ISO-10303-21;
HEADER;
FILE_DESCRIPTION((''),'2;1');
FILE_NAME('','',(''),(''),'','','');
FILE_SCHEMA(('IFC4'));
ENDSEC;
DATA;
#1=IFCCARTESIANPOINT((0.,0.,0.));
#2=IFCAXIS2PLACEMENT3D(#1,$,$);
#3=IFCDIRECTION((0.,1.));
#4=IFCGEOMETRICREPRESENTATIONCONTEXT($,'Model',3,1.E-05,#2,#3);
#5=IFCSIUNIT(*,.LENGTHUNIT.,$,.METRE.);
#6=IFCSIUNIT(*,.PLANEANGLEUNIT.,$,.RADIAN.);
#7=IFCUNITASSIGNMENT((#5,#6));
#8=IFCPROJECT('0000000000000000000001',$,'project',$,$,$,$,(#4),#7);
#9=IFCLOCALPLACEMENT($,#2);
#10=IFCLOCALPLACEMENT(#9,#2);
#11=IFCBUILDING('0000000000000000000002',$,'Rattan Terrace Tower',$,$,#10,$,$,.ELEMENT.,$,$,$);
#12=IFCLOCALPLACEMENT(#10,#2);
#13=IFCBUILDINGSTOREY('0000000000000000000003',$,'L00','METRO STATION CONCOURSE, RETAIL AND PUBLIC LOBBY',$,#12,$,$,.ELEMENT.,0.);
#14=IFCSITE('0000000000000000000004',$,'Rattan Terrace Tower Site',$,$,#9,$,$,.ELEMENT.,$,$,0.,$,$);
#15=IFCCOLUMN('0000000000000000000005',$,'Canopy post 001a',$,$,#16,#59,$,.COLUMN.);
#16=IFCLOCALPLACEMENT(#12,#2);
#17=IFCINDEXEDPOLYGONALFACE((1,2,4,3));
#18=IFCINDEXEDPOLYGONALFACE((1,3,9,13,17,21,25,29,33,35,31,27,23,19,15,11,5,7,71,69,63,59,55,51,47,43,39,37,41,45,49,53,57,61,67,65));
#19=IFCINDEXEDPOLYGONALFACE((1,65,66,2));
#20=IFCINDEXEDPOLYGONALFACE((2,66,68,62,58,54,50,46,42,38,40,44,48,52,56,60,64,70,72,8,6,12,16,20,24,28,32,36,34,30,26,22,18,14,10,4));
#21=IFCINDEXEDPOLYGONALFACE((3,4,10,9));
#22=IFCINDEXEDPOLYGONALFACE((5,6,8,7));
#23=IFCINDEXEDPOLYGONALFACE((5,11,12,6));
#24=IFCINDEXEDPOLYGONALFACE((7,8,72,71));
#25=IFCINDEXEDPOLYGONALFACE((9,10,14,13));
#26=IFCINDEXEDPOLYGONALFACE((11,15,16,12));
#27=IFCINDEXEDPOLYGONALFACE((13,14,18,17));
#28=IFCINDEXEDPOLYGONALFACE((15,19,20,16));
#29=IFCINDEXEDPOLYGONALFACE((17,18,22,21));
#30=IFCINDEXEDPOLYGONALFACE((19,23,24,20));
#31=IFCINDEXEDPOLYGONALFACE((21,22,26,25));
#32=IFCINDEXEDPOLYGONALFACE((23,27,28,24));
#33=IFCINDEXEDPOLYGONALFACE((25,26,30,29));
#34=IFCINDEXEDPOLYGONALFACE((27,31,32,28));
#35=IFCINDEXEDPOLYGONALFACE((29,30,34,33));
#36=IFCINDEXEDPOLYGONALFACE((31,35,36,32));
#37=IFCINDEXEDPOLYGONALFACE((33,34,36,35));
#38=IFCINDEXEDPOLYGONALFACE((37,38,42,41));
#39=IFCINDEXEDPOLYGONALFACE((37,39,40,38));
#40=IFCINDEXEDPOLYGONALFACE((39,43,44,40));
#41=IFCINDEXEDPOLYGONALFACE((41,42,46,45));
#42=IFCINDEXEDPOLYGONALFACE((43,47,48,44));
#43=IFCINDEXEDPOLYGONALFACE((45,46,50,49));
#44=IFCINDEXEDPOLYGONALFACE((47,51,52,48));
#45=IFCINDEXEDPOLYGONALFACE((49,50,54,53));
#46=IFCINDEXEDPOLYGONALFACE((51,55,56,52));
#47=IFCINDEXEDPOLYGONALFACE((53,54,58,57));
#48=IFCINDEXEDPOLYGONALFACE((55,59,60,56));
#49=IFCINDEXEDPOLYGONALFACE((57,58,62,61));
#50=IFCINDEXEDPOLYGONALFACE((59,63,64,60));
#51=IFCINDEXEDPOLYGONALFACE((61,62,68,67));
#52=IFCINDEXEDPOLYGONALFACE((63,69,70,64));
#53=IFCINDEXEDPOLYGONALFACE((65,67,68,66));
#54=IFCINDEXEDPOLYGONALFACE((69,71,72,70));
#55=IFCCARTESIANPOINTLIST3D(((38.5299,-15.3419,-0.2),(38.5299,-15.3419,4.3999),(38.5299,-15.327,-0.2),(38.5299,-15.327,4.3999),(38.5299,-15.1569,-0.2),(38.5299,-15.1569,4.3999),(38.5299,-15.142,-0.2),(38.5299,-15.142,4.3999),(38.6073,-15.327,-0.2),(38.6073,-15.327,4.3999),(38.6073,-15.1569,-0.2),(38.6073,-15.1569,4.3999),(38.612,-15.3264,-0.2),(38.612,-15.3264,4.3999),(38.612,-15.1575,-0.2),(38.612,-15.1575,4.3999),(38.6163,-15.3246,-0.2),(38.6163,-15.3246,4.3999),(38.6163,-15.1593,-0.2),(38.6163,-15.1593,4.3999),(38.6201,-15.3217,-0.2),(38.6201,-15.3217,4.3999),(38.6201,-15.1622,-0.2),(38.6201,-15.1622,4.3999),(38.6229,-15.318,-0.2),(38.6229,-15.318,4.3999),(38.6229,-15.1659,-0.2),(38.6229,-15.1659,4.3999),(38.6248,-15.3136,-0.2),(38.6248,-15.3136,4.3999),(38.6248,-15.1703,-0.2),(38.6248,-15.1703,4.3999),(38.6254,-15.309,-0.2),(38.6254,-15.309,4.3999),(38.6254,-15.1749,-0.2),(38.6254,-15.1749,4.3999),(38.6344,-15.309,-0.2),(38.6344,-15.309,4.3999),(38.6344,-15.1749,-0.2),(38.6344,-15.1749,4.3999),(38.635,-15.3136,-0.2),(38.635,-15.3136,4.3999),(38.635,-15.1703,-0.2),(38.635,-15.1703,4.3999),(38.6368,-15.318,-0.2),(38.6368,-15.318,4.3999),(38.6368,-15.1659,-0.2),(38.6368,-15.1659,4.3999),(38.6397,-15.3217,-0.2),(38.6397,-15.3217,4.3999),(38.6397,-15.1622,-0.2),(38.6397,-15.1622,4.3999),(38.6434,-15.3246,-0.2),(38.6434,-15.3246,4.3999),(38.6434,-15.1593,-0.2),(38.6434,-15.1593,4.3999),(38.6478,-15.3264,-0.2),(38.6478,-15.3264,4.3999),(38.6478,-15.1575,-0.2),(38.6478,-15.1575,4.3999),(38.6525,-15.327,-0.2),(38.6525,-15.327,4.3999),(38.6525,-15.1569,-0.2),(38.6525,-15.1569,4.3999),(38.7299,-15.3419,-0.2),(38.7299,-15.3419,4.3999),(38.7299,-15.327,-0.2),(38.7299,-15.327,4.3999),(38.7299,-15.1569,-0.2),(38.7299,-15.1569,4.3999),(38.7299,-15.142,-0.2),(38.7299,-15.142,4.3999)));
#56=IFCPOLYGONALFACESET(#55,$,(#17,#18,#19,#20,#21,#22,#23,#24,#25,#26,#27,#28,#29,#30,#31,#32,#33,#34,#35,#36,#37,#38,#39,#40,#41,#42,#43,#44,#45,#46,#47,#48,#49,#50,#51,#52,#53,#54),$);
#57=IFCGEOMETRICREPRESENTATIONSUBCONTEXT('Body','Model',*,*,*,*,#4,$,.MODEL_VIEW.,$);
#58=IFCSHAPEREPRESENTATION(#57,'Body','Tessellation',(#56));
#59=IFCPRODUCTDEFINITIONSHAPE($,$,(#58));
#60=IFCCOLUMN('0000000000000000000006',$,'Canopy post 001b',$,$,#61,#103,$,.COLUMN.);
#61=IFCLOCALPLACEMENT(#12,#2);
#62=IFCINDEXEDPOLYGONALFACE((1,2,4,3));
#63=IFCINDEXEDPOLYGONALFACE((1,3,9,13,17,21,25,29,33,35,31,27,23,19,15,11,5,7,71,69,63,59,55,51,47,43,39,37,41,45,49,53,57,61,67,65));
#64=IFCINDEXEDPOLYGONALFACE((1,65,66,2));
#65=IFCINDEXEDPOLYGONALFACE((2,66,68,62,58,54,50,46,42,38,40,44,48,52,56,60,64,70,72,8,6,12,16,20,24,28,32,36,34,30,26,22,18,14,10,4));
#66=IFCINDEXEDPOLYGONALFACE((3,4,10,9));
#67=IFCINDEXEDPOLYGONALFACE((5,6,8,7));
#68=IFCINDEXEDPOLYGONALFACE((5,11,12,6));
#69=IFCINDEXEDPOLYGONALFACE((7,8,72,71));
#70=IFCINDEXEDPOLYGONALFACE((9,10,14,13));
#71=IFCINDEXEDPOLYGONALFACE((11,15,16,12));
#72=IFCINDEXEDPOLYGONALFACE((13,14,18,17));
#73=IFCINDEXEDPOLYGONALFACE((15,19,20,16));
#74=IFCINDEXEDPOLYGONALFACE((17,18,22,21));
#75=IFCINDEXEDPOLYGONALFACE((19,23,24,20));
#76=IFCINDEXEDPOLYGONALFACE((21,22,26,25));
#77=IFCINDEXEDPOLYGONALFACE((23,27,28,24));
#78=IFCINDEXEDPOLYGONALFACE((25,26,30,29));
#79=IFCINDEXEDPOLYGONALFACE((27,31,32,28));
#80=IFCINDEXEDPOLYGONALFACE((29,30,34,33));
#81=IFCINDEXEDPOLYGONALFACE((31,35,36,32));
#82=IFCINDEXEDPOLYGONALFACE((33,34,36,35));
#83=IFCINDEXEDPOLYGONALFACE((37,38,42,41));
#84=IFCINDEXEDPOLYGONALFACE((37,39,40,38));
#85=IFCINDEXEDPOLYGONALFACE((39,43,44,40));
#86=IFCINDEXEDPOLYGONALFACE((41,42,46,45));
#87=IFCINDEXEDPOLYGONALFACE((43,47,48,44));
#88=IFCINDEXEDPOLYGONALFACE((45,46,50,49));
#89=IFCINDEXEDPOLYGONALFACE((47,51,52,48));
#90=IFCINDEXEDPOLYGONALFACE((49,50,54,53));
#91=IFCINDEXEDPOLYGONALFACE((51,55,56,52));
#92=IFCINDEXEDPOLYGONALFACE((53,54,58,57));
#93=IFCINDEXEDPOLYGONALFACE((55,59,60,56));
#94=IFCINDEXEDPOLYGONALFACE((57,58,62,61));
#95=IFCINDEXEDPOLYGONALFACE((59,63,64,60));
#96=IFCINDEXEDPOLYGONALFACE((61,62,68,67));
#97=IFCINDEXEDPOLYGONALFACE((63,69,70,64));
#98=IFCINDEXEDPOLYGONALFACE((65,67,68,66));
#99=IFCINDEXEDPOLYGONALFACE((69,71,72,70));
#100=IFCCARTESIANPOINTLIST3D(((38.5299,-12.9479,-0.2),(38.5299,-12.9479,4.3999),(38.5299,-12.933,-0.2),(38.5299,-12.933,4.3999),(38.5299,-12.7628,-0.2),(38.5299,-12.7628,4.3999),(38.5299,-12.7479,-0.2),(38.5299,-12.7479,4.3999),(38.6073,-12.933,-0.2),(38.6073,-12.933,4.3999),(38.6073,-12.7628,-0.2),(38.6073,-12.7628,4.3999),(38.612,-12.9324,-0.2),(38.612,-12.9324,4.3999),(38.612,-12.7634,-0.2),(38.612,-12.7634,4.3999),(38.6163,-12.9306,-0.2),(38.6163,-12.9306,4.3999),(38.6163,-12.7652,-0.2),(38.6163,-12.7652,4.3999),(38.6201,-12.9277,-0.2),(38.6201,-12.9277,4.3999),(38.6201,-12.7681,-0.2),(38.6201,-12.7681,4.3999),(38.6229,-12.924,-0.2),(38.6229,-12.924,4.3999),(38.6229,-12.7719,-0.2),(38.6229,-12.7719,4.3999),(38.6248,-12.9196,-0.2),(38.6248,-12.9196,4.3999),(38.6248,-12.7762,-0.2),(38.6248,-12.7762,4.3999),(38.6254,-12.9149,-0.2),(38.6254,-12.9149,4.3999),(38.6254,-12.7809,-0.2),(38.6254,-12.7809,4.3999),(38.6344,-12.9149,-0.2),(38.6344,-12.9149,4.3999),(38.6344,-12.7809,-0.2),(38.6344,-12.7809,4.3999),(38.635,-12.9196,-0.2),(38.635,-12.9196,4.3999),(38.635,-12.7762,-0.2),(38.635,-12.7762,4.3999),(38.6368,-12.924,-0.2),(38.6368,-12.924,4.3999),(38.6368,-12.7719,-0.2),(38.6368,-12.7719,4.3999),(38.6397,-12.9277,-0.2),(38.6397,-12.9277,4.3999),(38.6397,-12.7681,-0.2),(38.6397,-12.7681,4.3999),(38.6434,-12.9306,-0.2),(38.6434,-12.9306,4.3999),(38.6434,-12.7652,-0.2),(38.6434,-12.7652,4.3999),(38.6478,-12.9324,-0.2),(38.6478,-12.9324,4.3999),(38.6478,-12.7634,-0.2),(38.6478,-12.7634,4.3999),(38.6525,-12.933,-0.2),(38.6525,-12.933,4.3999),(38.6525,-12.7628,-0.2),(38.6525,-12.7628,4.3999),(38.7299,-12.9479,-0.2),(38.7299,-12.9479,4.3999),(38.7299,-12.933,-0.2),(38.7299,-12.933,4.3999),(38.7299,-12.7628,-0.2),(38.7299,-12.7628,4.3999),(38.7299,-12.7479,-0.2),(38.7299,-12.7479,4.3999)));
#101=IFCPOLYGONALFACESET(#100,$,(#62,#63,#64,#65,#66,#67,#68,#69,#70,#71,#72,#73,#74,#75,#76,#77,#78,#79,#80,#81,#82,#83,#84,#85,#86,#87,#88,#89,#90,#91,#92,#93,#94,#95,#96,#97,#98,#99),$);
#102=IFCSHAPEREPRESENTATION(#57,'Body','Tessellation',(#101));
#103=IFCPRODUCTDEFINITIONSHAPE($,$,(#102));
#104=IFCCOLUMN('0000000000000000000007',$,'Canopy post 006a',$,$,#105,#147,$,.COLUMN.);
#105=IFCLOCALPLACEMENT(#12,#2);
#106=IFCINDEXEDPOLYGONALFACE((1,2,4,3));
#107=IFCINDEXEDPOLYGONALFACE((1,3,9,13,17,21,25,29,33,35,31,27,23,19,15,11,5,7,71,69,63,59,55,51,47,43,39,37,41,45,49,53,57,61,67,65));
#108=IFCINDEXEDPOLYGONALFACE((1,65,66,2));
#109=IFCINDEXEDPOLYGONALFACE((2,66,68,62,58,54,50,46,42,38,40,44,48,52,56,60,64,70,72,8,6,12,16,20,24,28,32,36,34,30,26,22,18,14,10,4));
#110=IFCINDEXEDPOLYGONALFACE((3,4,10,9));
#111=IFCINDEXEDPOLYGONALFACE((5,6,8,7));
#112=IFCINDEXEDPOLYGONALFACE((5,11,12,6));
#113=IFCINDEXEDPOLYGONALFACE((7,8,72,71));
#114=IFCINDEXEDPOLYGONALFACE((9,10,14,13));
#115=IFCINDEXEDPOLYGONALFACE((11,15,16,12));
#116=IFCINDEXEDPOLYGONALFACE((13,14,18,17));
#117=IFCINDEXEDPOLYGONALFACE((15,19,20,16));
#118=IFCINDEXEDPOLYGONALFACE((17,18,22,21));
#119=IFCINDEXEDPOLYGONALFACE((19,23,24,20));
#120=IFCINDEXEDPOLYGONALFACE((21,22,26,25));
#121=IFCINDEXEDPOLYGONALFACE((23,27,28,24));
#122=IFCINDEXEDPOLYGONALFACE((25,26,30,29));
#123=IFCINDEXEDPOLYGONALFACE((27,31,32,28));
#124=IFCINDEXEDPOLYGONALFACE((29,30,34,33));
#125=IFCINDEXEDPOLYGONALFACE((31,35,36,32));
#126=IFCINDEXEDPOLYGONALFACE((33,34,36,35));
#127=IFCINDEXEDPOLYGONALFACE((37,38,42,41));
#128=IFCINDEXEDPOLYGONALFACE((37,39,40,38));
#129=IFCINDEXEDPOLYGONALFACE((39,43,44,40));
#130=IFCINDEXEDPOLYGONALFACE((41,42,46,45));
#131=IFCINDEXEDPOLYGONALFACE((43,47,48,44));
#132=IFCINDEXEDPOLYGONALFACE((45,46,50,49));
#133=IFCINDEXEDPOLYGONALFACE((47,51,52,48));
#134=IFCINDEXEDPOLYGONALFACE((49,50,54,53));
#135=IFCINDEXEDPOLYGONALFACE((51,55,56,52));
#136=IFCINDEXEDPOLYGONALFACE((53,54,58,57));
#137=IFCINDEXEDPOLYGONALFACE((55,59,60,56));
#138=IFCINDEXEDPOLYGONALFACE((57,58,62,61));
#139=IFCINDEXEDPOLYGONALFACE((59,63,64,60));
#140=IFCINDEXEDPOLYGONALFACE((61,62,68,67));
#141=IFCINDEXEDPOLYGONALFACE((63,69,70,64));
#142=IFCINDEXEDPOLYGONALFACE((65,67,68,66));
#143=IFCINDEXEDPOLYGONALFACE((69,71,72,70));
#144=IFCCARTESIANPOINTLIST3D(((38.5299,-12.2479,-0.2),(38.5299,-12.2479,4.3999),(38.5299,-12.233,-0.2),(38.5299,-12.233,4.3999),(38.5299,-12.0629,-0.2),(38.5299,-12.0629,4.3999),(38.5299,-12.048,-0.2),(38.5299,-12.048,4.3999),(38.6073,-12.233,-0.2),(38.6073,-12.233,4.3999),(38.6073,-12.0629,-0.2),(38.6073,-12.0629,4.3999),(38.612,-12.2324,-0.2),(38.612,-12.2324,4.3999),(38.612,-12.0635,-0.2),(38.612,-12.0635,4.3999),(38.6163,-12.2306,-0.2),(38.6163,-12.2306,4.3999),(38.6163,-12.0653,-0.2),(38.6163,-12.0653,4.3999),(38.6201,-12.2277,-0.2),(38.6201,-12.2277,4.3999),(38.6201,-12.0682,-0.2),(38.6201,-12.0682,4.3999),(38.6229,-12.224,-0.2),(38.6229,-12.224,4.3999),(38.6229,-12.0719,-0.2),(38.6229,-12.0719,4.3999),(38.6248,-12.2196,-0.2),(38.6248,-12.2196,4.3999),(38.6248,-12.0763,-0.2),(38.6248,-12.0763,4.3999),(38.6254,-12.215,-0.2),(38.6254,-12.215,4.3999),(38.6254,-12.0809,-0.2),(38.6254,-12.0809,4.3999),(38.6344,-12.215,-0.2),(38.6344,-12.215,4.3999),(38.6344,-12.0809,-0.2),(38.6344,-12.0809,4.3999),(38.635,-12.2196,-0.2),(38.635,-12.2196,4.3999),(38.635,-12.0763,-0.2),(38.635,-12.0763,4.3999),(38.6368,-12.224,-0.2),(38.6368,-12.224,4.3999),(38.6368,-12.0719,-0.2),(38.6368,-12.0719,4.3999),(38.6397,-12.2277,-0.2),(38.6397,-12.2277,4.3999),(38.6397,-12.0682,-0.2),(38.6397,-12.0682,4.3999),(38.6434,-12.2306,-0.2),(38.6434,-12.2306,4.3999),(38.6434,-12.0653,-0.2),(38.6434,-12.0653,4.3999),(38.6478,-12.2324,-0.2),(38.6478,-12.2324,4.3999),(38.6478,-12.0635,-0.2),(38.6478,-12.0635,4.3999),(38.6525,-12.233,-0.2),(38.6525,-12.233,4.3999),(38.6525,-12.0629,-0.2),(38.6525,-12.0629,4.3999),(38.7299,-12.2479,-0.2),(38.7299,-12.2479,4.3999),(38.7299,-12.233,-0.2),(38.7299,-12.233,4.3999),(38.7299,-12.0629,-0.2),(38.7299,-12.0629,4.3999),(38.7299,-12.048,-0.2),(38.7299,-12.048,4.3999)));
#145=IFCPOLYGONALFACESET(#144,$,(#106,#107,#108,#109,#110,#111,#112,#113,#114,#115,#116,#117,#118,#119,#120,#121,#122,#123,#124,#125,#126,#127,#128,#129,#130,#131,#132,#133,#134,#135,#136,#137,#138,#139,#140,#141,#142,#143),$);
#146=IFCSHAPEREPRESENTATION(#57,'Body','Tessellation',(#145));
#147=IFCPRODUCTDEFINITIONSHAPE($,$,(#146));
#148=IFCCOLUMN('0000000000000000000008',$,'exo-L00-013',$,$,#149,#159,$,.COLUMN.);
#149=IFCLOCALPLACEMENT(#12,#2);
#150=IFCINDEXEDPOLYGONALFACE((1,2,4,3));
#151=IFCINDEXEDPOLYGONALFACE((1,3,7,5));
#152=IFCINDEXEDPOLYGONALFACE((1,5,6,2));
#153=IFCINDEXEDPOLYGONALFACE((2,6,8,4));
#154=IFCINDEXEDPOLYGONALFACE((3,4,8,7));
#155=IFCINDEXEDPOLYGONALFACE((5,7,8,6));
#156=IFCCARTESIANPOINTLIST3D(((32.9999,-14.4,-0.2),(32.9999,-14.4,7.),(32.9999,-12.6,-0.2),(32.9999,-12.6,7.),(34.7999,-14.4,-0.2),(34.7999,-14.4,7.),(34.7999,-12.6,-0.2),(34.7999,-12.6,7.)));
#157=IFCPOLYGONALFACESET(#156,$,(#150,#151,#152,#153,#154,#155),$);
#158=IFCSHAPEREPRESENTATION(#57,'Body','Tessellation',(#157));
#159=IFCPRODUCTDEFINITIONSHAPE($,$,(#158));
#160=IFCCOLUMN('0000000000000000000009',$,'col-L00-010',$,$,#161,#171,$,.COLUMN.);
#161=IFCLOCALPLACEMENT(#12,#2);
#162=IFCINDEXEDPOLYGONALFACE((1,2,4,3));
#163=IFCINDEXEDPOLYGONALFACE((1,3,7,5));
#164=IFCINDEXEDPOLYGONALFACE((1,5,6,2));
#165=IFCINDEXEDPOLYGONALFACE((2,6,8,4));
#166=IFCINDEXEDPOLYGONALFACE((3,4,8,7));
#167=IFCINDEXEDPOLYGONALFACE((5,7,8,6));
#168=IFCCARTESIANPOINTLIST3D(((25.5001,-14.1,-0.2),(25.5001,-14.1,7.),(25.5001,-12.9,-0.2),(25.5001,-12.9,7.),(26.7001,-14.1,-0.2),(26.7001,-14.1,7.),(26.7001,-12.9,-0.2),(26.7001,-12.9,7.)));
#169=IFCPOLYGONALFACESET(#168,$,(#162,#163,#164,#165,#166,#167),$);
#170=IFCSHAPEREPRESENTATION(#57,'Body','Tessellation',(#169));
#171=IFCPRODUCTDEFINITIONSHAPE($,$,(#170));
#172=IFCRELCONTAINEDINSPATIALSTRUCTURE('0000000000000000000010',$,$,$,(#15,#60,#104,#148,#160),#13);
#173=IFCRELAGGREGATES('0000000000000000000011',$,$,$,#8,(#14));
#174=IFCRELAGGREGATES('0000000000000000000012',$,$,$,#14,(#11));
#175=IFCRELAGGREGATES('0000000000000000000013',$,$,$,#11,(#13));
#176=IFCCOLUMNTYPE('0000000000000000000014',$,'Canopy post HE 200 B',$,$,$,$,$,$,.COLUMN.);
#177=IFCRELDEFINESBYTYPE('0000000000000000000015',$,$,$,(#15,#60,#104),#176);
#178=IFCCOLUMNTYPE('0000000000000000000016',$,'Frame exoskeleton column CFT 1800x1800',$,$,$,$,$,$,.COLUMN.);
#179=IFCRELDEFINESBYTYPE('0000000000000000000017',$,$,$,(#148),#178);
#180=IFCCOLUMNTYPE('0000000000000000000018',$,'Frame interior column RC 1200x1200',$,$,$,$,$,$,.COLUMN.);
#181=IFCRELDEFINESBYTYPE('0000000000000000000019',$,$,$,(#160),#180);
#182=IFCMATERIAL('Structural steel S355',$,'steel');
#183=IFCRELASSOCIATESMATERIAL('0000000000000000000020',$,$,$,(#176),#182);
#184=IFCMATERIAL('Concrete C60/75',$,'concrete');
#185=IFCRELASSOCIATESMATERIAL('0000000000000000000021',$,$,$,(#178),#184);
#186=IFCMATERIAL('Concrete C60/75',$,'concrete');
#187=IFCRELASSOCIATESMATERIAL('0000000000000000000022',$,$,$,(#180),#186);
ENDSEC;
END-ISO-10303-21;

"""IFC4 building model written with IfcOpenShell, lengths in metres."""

from ifc_helpers import new_model, si_unit, direction, frame, origin, origin_2d, place, context, subcontext, project, spatial, rectangle, i_section, extrude, material, material_profile, profile_set, type_object, element, save


model = new_model("IFC4")

# Units and contexts
model_context = context("Model", 3, precision=1e-05, world=origin(), true_north=direction((0.0, 1.0)))
body_context = subcontext(model_context, "Body", "Model", "MODEL_VIEW")
ifc_project = project(units=[si_unit("LENGTHUNIT", "METRE"), si_unit("PLANEANGLEUNIT", "RADIAN")], contexts=[model_context])

# Site, building, storey
site_placement = place(None, origin())
site = spatial("IfcSite", under=ifc_project, at=site_placement, Name="Rattan Terrace Tower Site", CompositionType="ELEMENT", RefElevation=0.0)
building_placement = place(site_placement, origin())
building = spatial("IfcBuilding", under=site, at=building_placement, Name="Rattan Terrace Tower", CompositionType="ELEMENT")
storey_placement = place(building_placement, origin())
storey = spatial("IfcBuildingStorey", under=building, at=storey_placement, Name="L00", Description="METRO STATION CONCOURSE, RETAIL AND PUBLIC LOBBY", CompositionType="ELEMENT", Elevation=0.0)

# Columns
ifc_material_1 = material(Name="Structural steel S355", Category="steel")
ifc_material_profile_1 = material_profile(ifc_material_1, i_section(OverallWidth=0.2, OverallDepth=0.2, WebThickness=0.009, FlangeThickness=0.0149, FilletRadius=0.0181, at=origin_2d()), Name="HE 200 B")
ifc_profile_set_1 = profile_set([ifc_material_profile_1], Name="Structural steel S355")
column_type_1 = type_object("IfcColumnType", Name="Canopy post HE 200 B", PredefinedType="COLUMN", material=ifc_profile_set_1)
for number, where, z_axis, x_axis, name in (
    (1, (38.6299, -15.2419, -0.2), (0.0, 0.0, 1.0), (1.0, 0.0, 0.0), "Canopy post 001a"),
    (2, (38.6299, -12.8479, -0.2), (0.0, 0.0, 1.0), (1.0, 0.0, 0.0), "Canopy post 001b"),
    (3, (38.6299, -12.1479, -0.2), (0.0, 0.0, 1.0), (1.0, 0.0, 0.0), "Canopy post 006a"),
):
    element("IfcColumn", number, at=place(storey_placement, frame(where, z_axis=z_axis, x_axis=x_axis)), inside=storey, type_object=column_type_1, Name=name, PredefinedType="COLUMN", context=body_context, shape_type="SweptSolid", body=[
        extrude(i_section(OverallWidth=0.2, OverallDepth=0.2, WebThickness=0.009, FlangeThickness=0.0149, FilletRadius=0.0181, at=origin_2d()), origin(), (0.0, 0.0, 1.0), 4.5999),
    ])
ifc_material_2 = material(Name="Concrete C60/75", Category="concrete")
ifc_material_profile_2 = material_profile(ifc_material_2, rectangle(XDim=1.8, YDim=1.8, at=origin_2d()), Name="CFT 1800x1800")
ifc_profile_set_2 = profile_set([ifc_material_profile_2], Name="Concrete C60/75")
column_type_2 = type_object("IfcColumnType", Name="Frame exoskeleton column CFT 1800x1800", PredefinedType="COLUMN", material=ifc_profile_set_2)
column_1_placement = place(storey_placement, frame((33.8999, -13.5, -0.2), z_axis=(0.0, 0.0, 1.0), x_axis=(0.0, 1.0, 0.0)))
element("IfcColumn", 4, at=column_1_placement, inside=storey, type_object=column_type_2, Name="exo-L00-013", PredefinedType="COLUMN", context=body_context, shape_type="SweptSolid", body=[
    extrude(rectangle(XDim=1.8, YDim=1.8, at=origin_2d()), origin(), (0.0, 0.0, 1.0), 7.2),
])
ifc_material_3 = material(Name="Concrete C60/75", Category="concrete")
ifc_material_profile_3 = material_profile(ifc_material_3, rectangle(XDim=1.2, YDim=1.2, at=origin_2d()), Name="RC 1200x1200")
ifc_profile_set_3 = profile_set([ifc_material_profile_3], Name="Concrete C60/75")
column_type_3 = type_object("IfcColumnType", Name="Frame interior column RC 1200x1200", PredefinedType="COLUMN", material=ifc_profile_set_3)
column_2_placement = place(storey_placement, frame((26.1001, -13.5, -0.2), z_axis=(0.0, 0.0, 1.0), x_axis=(1.0, 0.0, 0.0)))
element("IfcColumn", 5, at=column_2_placement, inside=storey, type_object=column_type_3, Name="col-L00-010", PredefinedType="COLUMN", context=body_context, shape_type="SweptSolid", body=[
    extrude(rectangle(XDim=1.2, YDim=1.2, at=origin_2d()), origin(), (0.0, 0.0, 1.0), 7.2),
])

save(model, "model.ifc")
